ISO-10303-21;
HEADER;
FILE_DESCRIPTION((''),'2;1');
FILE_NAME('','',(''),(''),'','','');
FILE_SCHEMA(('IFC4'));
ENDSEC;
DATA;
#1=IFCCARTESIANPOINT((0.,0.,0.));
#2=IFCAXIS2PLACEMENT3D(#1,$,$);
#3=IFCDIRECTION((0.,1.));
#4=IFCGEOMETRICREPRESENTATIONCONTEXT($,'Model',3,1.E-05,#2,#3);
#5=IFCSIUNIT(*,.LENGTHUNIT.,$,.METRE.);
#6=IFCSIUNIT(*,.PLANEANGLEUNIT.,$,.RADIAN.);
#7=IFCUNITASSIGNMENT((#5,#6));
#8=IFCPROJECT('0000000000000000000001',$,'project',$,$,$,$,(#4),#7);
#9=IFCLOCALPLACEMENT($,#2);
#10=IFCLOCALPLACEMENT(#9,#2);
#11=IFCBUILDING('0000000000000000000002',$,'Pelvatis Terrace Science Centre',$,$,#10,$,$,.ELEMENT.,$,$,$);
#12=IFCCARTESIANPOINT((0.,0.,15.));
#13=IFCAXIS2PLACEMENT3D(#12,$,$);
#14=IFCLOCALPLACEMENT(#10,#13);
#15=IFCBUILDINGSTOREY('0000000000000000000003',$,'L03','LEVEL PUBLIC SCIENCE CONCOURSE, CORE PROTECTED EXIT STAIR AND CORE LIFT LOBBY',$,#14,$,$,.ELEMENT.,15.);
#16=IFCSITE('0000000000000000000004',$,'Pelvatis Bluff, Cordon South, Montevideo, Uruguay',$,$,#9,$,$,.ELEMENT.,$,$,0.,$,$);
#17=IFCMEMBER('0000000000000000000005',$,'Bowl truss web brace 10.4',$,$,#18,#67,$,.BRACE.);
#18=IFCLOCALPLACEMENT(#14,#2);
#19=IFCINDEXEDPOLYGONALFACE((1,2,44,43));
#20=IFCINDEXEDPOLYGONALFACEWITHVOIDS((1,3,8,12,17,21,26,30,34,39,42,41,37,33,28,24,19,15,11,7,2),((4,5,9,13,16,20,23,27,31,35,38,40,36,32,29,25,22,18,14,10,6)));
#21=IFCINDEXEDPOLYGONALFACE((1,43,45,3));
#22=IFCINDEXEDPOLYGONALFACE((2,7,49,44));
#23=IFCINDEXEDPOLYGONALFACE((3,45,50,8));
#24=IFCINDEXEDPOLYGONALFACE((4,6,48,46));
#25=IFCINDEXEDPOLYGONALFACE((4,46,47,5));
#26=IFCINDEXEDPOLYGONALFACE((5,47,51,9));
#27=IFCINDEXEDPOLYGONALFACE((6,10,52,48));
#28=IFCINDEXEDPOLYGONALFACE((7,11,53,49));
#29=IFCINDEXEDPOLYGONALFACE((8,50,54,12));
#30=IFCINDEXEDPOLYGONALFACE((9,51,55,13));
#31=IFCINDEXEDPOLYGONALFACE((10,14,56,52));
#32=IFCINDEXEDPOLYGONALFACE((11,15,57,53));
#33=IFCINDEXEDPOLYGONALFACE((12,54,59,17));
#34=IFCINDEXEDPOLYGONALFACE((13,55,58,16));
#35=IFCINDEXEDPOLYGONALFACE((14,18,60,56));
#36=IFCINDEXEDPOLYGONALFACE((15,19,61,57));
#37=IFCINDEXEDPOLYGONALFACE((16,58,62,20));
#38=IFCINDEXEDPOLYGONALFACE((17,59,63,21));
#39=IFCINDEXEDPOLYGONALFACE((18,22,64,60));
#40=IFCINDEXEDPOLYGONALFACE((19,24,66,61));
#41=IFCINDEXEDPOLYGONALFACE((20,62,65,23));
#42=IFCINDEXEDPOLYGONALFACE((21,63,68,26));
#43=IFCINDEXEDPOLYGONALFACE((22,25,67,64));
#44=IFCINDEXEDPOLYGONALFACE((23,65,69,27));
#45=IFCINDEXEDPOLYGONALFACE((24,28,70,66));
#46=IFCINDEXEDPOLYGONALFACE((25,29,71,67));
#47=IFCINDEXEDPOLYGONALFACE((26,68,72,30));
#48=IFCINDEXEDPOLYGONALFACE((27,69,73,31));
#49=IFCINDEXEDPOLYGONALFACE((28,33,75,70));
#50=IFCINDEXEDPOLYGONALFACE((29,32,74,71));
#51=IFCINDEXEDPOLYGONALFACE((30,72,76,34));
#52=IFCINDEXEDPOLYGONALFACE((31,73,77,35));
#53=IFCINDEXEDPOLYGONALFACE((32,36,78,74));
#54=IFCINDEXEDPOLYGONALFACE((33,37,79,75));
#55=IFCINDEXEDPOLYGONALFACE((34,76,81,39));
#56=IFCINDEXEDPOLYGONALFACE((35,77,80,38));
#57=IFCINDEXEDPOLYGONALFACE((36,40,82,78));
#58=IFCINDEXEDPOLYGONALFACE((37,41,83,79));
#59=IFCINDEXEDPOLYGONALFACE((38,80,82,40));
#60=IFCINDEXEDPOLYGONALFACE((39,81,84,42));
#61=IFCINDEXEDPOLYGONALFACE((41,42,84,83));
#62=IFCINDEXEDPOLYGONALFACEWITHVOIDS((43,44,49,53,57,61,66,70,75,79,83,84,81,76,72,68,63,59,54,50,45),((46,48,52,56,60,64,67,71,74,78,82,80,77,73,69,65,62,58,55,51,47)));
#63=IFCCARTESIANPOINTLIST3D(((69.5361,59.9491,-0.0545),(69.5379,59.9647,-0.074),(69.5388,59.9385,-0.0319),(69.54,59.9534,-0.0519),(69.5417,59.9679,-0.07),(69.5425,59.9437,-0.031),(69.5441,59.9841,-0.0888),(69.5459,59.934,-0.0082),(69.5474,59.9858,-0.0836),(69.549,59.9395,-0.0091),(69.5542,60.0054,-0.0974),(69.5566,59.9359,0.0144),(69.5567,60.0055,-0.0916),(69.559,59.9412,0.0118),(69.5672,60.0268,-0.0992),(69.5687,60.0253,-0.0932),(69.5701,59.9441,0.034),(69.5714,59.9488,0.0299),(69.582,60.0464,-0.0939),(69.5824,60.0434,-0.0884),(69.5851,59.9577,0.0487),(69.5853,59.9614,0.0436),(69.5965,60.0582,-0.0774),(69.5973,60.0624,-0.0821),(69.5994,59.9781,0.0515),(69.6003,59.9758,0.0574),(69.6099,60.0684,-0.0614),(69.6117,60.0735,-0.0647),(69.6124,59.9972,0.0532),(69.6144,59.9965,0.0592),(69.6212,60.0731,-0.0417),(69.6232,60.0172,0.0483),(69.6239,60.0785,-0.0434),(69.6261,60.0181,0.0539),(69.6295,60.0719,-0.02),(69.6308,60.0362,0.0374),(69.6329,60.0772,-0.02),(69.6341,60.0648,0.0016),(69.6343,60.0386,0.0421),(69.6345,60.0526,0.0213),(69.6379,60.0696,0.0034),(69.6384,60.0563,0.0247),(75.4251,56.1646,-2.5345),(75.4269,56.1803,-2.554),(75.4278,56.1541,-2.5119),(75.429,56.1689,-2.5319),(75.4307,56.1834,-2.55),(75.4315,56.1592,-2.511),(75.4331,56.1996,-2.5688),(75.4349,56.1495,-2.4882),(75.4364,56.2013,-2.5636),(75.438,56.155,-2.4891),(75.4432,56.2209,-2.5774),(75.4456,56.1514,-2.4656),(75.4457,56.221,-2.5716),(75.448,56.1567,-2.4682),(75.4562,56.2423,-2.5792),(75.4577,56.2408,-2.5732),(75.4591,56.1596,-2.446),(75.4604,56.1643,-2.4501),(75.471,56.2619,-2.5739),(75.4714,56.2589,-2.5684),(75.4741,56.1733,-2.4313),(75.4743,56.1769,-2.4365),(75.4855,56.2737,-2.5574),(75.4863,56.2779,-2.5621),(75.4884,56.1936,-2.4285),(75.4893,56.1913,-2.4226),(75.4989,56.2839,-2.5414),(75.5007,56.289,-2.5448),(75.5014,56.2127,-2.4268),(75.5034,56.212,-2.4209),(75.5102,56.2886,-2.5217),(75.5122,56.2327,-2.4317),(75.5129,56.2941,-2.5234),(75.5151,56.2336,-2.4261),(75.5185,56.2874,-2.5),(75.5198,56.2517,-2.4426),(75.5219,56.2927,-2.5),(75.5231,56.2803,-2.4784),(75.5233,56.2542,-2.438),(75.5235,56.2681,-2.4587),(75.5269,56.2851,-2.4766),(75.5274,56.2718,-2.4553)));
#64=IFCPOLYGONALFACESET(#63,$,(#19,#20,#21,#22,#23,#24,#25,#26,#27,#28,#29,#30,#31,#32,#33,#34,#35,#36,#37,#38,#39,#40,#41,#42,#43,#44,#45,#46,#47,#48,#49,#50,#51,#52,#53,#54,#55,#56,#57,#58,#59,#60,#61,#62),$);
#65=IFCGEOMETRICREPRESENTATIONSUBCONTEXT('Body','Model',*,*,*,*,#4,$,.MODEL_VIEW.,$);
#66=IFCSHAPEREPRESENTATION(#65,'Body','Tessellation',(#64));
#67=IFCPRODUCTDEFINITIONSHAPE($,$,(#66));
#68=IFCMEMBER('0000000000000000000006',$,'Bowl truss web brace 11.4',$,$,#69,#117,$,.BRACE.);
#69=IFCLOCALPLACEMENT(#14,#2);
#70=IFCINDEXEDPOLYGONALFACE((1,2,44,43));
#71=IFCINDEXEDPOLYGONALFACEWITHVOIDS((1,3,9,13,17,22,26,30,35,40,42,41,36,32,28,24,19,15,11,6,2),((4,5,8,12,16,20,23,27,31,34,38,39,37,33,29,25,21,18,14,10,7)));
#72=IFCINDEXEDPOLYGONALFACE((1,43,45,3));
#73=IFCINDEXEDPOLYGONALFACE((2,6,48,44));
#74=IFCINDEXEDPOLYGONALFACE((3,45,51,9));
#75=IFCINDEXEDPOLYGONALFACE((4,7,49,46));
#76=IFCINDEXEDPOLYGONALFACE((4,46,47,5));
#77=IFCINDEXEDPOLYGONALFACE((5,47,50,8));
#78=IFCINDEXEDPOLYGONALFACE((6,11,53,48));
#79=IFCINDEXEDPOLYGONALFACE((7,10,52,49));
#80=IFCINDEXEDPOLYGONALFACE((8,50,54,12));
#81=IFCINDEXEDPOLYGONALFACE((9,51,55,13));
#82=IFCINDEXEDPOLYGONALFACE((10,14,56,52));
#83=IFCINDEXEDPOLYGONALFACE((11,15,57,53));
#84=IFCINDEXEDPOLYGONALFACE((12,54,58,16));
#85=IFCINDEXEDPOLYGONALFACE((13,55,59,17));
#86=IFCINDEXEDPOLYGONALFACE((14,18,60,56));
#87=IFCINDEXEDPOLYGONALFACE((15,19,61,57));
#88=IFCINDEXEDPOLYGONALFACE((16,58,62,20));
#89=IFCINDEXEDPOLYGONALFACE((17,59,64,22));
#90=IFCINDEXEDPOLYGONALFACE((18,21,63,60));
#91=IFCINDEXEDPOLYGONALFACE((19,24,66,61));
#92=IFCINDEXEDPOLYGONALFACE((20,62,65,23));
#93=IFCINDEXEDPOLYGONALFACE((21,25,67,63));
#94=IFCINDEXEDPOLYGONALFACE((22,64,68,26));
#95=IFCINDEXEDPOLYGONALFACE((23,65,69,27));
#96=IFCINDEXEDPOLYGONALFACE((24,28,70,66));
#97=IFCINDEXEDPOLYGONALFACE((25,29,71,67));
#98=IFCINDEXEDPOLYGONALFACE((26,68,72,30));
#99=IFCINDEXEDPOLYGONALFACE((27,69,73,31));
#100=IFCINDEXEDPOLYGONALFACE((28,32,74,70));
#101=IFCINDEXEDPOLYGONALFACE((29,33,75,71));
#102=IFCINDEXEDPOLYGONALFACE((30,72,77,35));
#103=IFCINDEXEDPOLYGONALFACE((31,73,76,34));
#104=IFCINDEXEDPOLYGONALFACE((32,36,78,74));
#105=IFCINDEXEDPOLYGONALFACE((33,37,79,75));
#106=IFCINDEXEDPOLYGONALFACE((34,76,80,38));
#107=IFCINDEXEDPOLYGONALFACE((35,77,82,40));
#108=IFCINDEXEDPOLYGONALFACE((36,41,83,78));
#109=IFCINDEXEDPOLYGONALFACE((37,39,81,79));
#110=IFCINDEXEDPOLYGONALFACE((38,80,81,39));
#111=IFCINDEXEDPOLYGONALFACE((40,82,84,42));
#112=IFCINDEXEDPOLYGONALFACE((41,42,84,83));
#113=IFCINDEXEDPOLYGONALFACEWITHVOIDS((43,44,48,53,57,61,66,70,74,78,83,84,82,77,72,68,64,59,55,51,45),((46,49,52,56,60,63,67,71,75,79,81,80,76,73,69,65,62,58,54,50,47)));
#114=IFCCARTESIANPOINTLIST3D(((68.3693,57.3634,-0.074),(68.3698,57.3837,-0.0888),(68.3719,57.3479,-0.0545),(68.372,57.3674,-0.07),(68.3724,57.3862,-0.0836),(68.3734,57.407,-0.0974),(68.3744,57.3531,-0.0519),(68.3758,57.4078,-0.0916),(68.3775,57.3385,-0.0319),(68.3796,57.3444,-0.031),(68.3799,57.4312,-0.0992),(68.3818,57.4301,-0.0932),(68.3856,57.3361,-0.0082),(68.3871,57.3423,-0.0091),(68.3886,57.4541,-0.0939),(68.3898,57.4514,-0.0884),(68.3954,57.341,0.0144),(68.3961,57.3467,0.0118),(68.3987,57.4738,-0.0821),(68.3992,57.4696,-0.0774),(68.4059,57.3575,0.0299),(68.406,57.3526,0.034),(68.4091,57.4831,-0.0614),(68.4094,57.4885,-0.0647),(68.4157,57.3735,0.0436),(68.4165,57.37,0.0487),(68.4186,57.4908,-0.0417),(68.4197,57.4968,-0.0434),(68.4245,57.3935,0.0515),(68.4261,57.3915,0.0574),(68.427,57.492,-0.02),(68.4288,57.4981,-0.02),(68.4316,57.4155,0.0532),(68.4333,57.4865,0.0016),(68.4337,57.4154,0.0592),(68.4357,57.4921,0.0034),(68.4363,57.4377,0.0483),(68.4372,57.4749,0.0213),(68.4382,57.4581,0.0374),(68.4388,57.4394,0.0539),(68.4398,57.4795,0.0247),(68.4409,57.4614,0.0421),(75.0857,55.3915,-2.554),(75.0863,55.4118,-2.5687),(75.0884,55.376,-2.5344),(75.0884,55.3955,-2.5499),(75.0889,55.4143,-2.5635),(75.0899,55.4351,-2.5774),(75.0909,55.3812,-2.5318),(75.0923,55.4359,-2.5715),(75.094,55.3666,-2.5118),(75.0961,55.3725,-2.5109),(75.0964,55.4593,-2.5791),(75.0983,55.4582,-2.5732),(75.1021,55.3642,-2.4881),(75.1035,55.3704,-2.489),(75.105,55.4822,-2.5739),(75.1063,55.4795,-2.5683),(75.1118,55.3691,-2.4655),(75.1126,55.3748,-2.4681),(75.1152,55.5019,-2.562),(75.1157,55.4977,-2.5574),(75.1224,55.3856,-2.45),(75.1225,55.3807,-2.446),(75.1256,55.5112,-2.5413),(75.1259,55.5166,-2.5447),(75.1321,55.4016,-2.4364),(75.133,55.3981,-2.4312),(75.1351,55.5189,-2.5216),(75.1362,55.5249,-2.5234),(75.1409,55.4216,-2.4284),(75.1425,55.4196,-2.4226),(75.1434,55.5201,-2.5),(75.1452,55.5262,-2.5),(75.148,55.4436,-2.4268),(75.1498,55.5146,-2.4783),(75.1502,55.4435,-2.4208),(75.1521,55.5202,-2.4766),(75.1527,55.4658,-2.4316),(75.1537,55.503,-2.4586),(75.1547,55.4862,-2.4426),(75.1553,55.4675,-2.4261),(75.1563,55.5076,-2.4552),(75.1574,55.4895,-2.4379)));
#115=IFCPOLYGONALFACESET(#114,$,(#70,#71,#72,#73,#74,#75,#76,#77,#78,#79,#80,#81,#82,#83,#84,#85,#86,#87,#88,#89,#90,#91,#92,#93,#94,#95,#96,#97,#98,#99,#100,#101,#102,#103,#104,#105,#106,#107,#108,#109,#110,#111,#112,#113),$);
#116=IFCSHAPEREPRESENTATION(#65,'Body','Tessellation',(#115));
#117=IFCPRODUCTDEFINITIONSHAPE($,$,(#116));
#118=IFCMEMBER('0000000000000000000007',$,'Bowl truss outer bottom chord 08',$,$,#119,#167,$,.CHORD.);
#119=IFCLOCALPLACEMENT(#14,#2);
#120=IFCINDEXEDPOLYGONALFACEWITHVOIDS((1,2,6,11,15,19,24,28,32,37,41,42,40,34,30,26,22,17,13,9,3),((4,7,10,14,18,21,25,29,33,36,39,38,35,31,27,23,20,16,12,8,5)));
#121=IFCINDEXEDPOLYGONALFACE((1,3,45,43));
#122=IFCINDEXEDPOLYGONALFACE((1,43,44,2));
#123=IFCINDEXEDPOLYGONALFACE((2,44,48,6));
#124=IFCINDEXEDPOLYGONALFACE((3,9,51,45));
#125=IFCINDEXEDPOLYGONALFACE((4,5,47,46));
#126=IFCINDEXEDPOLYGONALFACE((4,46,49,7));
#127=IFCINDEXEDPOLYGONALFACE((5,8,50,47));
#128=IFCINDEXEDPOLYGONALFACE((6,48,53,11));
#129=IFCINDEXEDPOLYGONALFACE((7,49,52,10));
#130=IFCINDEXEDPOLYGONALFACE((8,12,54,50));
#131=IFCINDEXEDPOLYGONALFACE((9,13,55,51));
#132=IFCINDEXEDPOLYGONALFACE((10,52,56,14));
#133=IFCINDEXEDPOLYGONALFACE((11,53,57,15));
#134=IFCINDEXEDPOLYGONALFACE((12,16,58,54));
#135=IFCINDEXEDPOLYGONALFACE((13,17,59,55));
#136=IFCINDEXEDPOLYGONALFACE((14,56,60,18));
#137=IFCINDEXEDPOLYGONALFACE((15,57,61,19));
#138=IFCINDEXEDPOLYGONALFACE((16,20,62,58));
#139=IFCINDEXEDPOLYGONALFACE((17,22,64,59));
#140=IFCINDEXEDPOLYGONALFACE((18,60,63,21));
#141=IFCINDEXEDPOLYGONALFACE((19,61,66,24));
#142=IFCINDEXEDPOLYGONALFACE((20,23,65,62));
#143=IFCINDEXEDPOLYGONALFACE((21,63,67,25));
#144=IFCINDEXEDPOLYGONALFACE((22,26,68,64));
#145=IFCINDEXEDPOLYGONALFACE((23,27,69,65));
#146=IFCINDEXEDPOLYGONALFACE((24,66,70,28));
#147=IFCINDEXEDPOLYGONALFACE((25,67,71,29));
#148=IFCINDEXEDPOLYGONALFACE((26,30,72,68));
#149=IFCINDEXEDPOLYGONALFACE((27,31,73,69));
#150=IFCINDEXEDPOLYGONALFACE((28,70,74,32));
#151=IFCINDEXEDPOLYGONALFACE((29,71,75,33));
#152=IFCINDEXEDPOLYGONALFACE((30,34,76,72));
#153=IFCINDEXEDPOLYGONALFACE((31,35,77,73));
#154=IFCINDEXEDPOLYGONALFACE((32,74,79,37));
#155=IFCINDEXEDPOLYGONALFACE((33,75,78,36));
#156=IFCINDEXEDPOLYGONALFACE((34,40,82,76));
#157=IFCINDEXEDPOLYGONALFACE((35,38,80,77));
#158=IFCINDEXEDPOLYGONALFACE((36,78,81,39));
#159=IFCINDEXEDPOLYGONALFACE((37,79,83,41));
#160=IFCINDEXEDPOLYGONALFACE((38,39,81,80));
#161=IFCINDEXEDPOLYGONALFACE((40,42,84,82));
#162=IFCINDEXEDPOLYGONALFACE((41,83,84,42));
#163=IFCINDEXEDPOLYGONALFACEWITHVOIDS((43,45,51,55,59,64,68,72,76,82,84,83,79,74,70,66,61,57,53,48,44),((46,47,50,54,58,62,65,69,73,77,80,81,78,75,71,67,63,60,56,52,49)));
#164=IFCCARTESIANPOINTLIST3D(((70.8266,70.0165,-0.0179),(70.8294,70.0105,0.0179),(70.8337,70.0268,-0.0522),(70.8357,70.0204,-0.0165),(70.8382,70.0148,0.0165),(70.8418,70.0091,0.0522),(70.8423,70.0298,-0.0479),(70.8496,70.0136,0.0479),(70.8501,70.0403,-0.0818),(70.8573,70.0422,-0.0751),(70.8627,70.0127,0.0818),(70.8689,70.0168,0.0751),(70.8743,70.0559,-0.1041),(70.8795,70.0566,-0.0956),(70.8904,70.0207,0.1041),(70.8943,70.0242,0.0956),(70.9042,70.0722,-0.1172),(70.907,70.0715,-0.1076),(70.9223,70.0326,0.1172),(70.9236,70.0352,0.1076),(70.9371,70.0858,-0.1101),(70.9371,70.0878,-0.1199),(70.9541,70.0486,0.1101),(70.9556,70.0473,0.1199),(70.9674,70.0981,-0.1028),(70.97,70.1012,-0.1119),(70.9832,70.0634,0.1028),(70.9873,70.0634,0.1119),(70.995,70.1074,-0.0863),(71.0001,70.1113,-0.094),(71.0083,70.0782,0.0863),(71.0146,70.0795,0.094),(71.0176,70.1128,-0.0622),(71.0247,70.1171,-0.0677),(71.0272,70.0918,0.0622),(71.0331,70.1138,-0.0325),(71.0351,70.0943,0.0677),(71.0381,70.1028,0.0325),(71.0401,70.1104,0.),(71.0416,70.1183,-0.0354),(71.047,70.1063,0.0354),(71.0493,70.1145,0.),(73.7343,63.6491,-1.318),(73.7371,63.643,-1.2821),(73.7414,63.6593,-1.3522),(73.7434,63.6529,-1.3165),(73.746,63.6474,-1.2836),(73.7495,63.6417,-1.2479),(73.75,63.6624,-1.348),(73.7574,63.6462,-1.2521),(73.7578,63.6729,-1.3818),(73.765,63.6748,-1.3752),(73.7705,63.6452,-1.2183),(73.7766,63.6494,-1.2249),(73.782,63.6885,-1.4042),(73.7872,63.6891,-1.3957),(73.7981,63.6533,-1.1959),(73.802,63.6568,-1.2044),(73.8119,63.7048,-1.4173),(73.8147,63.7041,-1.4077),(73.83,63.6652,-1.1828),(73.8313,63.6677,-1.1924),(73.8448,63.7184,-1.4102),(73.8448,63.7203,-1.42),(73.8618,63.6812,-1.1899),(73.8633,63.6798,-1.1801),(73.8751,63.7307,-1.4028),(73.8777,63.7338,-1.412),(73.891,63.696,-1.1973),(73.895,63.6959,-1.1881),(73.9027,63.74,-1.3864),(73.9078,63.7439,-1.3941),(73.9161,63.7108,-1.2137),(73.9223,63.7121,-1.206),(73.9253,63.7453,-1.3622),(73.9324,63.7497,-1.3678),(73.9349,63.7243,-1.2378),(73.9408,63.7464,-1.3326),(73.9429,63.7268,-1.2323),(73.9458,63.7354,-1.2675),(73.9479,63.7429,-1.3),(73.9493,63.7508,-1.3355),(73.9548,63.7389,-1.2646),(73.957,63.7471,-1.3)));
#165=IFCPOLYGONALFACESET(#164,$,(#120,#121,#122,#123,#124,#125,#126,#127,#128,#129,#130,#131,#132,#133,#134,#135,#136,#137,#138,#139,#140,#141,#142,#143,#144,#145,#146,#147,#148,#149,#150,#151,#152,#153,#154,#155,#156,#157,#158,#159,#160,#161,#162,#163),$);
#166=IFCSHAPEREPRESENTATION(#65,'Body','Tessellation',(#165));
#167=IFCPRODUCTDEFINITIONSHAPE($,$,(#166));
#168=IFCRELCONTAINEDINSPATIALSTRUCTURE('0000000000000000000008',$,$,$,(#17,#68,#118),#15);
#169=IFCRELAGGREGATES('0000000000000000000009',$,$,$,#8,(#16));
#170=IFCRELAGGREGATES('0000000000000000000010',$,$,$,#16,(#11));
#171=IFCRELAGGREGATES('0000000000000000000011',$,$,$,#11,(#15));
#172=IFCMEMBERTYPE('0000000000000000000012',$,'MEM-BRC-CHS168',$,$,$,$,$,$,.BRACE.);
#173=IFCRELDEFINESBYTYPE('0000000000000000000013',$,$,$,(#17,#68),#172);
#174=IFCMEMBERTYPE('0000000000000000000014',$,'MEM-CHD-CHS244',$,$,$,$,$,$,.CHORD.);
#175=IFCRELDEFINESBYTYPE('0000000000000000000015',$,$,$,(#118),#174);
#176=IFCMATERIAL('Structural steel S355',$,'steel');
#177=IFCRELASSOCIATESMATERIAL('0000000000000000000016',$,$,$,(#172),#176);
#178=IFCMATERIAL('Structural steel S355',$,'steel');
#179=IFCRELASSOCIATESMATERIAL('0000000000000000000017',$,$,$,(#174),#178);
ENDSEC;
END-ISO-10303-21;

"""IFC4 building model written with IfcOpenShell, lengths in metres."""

from ifc_helpers import new_model, si_unit, direction, frame, origin, origin_2d, place, context, subcontext, project, spatial, hollow_circle, extrude, material, material_profile, profile_set, type_object, element, save


model = new_model("IFC4")

# Units and contexts
model_context = context("Model", 3, precision=1e-05, world=origin(), true_north=direction((0.0, 1.0)))
body_context = subcontext(model_context, "Body", "Model", "MODEL_VIEW")
ifc_project = project(units=[si_unit("LENGTHUNIT", "METRE"), si_unit("PLANEANGLEUNIT", "RADIAN")], contexts=[model_context])

# Site, building, storey
site_placement = place(None, origin())
site = spatial("IfcSite", under=ifc_project, at=site_placement, Name="Pelvatis Bluff, Cordon South, Montevideo, Uruguay", CompositionType="ELEMENT", RefElevation=0.0)
building_placement = place(site_placement, origin())
building = spatial("IfcBuilding", under=site, at=building_placement, Name="Pelvatis Terrace Science Centre", CompositionType="ELEMENT")
storey_placement = place(building_placement, frame((0.0, 0.0, 15.0)))
storey = spatial("IfcBuildingStorey", under=building, at=storey_placement, Name="L03", Description="LEVEL PUBLIC SCIENCE CONCOURSE, CORE PROTECTED EXIT STAIR AND CORE LIFT LOBBY", CompositionType="ELEMENT", Elevation=15.0)

# Members
ifc_material_1 = material(Name="Structural steel S355", Category="steel")
ifc_material_profile_1 = material_profile(ifc_material_1, hollow_circle(Radius=0.0842, WallThickness=0.0063, at=origin_2d()), Name="CHS 168.3x6.3")
ifc_profile_set_1 = profile_set([ifc_material_profile_1], Name="Structural steel S355")
member_type_1 = type_object("IfcMemberType", Name="MEM-BRC-CHS168", PredefinedType="BRACE", material=ifc_profile_set_1)
member_1_placement = place(storey_placement, frame((69.5874, 60.0063, -0.02), z_axis=(0.79297, -0.50959, -0.333941), x_axis=(0.540625, 0.841263, 0.0)))
element("IfcMember", 1, at=member_1_placement, inside=storey, type_object=member_type_1, Name="Bowl truss web brace 10.4", PredefinedType="BRACE", context=body_context, shape_type="SweptSolid", body=[
    extrude(hollow_circle(Radius=0.0842, WallThickness=0.0063, at=origin_2d()), origin(), (0.0, 0.0, 1.0), 7.4265),
])
member_2_placement = place(storey_placement, frame((68.405, 57.4172, -0.02), z_axis=(0.90442, -0.26553, -0.333943), x_axis=(0.281702, 0.959502, 0.0)))
element("IfcMember", 2, at=member_2_placement, inside=storey, type_object=member_type_1, Name="Bowl truss web brace 11.4", PredefinedType="BRACE", context=body_context, shape_type="SweptSolid", body=[
    extrude(hollow_circle(Radius=0.0842, WallThickness=0.0063, at=origin_2d()), origin(), (0.0, 0.0, 1.0), 7.4263),
])
ifc_material_2 = material(Name="Structural steel S355", Category="steel")
ifc_material_profile_2 = material_profile(ifc_material_2, hollow_circle(Radius=0.1223, WallThickness=0.01, at=origin_2d()), Name="CHS 244.5x10.0")
ifc_profile_set_2 = profile_set([ifc_material_profile_2], Name="Structural steel S355")
member_type_2 = type_object("IfcMemberType", Name="MEM-CHD-CHS244", PredefinedType="CHORD", material=ifc_profile_set_2)
for number, where, z_axis, x_axis, name in (
    (3, (70.938, 70.0637, 0.0), (0.408408, -0.894349, -0.182601), (0.909642, 0.415392, 0.0), "Bowl truss outer bottom chord 08"),
):
    element("IfcMember", number, at=place(storey_placement, frame(where, z_axis=z_axis, x_axis=x_axis)), inside=storey, type_object=member_type_2, Name=name, PredefinedType="CHORD", context=body_context, shape_type="SweptSolid", body=[
        extrude(hollow_circle(Radius=0.1223, WallThickness=0.01, at=origin_2d()), origin(), (0.0, 0.0, 1.0), 7.1196),
    ])

save(model, "model.ifc")
